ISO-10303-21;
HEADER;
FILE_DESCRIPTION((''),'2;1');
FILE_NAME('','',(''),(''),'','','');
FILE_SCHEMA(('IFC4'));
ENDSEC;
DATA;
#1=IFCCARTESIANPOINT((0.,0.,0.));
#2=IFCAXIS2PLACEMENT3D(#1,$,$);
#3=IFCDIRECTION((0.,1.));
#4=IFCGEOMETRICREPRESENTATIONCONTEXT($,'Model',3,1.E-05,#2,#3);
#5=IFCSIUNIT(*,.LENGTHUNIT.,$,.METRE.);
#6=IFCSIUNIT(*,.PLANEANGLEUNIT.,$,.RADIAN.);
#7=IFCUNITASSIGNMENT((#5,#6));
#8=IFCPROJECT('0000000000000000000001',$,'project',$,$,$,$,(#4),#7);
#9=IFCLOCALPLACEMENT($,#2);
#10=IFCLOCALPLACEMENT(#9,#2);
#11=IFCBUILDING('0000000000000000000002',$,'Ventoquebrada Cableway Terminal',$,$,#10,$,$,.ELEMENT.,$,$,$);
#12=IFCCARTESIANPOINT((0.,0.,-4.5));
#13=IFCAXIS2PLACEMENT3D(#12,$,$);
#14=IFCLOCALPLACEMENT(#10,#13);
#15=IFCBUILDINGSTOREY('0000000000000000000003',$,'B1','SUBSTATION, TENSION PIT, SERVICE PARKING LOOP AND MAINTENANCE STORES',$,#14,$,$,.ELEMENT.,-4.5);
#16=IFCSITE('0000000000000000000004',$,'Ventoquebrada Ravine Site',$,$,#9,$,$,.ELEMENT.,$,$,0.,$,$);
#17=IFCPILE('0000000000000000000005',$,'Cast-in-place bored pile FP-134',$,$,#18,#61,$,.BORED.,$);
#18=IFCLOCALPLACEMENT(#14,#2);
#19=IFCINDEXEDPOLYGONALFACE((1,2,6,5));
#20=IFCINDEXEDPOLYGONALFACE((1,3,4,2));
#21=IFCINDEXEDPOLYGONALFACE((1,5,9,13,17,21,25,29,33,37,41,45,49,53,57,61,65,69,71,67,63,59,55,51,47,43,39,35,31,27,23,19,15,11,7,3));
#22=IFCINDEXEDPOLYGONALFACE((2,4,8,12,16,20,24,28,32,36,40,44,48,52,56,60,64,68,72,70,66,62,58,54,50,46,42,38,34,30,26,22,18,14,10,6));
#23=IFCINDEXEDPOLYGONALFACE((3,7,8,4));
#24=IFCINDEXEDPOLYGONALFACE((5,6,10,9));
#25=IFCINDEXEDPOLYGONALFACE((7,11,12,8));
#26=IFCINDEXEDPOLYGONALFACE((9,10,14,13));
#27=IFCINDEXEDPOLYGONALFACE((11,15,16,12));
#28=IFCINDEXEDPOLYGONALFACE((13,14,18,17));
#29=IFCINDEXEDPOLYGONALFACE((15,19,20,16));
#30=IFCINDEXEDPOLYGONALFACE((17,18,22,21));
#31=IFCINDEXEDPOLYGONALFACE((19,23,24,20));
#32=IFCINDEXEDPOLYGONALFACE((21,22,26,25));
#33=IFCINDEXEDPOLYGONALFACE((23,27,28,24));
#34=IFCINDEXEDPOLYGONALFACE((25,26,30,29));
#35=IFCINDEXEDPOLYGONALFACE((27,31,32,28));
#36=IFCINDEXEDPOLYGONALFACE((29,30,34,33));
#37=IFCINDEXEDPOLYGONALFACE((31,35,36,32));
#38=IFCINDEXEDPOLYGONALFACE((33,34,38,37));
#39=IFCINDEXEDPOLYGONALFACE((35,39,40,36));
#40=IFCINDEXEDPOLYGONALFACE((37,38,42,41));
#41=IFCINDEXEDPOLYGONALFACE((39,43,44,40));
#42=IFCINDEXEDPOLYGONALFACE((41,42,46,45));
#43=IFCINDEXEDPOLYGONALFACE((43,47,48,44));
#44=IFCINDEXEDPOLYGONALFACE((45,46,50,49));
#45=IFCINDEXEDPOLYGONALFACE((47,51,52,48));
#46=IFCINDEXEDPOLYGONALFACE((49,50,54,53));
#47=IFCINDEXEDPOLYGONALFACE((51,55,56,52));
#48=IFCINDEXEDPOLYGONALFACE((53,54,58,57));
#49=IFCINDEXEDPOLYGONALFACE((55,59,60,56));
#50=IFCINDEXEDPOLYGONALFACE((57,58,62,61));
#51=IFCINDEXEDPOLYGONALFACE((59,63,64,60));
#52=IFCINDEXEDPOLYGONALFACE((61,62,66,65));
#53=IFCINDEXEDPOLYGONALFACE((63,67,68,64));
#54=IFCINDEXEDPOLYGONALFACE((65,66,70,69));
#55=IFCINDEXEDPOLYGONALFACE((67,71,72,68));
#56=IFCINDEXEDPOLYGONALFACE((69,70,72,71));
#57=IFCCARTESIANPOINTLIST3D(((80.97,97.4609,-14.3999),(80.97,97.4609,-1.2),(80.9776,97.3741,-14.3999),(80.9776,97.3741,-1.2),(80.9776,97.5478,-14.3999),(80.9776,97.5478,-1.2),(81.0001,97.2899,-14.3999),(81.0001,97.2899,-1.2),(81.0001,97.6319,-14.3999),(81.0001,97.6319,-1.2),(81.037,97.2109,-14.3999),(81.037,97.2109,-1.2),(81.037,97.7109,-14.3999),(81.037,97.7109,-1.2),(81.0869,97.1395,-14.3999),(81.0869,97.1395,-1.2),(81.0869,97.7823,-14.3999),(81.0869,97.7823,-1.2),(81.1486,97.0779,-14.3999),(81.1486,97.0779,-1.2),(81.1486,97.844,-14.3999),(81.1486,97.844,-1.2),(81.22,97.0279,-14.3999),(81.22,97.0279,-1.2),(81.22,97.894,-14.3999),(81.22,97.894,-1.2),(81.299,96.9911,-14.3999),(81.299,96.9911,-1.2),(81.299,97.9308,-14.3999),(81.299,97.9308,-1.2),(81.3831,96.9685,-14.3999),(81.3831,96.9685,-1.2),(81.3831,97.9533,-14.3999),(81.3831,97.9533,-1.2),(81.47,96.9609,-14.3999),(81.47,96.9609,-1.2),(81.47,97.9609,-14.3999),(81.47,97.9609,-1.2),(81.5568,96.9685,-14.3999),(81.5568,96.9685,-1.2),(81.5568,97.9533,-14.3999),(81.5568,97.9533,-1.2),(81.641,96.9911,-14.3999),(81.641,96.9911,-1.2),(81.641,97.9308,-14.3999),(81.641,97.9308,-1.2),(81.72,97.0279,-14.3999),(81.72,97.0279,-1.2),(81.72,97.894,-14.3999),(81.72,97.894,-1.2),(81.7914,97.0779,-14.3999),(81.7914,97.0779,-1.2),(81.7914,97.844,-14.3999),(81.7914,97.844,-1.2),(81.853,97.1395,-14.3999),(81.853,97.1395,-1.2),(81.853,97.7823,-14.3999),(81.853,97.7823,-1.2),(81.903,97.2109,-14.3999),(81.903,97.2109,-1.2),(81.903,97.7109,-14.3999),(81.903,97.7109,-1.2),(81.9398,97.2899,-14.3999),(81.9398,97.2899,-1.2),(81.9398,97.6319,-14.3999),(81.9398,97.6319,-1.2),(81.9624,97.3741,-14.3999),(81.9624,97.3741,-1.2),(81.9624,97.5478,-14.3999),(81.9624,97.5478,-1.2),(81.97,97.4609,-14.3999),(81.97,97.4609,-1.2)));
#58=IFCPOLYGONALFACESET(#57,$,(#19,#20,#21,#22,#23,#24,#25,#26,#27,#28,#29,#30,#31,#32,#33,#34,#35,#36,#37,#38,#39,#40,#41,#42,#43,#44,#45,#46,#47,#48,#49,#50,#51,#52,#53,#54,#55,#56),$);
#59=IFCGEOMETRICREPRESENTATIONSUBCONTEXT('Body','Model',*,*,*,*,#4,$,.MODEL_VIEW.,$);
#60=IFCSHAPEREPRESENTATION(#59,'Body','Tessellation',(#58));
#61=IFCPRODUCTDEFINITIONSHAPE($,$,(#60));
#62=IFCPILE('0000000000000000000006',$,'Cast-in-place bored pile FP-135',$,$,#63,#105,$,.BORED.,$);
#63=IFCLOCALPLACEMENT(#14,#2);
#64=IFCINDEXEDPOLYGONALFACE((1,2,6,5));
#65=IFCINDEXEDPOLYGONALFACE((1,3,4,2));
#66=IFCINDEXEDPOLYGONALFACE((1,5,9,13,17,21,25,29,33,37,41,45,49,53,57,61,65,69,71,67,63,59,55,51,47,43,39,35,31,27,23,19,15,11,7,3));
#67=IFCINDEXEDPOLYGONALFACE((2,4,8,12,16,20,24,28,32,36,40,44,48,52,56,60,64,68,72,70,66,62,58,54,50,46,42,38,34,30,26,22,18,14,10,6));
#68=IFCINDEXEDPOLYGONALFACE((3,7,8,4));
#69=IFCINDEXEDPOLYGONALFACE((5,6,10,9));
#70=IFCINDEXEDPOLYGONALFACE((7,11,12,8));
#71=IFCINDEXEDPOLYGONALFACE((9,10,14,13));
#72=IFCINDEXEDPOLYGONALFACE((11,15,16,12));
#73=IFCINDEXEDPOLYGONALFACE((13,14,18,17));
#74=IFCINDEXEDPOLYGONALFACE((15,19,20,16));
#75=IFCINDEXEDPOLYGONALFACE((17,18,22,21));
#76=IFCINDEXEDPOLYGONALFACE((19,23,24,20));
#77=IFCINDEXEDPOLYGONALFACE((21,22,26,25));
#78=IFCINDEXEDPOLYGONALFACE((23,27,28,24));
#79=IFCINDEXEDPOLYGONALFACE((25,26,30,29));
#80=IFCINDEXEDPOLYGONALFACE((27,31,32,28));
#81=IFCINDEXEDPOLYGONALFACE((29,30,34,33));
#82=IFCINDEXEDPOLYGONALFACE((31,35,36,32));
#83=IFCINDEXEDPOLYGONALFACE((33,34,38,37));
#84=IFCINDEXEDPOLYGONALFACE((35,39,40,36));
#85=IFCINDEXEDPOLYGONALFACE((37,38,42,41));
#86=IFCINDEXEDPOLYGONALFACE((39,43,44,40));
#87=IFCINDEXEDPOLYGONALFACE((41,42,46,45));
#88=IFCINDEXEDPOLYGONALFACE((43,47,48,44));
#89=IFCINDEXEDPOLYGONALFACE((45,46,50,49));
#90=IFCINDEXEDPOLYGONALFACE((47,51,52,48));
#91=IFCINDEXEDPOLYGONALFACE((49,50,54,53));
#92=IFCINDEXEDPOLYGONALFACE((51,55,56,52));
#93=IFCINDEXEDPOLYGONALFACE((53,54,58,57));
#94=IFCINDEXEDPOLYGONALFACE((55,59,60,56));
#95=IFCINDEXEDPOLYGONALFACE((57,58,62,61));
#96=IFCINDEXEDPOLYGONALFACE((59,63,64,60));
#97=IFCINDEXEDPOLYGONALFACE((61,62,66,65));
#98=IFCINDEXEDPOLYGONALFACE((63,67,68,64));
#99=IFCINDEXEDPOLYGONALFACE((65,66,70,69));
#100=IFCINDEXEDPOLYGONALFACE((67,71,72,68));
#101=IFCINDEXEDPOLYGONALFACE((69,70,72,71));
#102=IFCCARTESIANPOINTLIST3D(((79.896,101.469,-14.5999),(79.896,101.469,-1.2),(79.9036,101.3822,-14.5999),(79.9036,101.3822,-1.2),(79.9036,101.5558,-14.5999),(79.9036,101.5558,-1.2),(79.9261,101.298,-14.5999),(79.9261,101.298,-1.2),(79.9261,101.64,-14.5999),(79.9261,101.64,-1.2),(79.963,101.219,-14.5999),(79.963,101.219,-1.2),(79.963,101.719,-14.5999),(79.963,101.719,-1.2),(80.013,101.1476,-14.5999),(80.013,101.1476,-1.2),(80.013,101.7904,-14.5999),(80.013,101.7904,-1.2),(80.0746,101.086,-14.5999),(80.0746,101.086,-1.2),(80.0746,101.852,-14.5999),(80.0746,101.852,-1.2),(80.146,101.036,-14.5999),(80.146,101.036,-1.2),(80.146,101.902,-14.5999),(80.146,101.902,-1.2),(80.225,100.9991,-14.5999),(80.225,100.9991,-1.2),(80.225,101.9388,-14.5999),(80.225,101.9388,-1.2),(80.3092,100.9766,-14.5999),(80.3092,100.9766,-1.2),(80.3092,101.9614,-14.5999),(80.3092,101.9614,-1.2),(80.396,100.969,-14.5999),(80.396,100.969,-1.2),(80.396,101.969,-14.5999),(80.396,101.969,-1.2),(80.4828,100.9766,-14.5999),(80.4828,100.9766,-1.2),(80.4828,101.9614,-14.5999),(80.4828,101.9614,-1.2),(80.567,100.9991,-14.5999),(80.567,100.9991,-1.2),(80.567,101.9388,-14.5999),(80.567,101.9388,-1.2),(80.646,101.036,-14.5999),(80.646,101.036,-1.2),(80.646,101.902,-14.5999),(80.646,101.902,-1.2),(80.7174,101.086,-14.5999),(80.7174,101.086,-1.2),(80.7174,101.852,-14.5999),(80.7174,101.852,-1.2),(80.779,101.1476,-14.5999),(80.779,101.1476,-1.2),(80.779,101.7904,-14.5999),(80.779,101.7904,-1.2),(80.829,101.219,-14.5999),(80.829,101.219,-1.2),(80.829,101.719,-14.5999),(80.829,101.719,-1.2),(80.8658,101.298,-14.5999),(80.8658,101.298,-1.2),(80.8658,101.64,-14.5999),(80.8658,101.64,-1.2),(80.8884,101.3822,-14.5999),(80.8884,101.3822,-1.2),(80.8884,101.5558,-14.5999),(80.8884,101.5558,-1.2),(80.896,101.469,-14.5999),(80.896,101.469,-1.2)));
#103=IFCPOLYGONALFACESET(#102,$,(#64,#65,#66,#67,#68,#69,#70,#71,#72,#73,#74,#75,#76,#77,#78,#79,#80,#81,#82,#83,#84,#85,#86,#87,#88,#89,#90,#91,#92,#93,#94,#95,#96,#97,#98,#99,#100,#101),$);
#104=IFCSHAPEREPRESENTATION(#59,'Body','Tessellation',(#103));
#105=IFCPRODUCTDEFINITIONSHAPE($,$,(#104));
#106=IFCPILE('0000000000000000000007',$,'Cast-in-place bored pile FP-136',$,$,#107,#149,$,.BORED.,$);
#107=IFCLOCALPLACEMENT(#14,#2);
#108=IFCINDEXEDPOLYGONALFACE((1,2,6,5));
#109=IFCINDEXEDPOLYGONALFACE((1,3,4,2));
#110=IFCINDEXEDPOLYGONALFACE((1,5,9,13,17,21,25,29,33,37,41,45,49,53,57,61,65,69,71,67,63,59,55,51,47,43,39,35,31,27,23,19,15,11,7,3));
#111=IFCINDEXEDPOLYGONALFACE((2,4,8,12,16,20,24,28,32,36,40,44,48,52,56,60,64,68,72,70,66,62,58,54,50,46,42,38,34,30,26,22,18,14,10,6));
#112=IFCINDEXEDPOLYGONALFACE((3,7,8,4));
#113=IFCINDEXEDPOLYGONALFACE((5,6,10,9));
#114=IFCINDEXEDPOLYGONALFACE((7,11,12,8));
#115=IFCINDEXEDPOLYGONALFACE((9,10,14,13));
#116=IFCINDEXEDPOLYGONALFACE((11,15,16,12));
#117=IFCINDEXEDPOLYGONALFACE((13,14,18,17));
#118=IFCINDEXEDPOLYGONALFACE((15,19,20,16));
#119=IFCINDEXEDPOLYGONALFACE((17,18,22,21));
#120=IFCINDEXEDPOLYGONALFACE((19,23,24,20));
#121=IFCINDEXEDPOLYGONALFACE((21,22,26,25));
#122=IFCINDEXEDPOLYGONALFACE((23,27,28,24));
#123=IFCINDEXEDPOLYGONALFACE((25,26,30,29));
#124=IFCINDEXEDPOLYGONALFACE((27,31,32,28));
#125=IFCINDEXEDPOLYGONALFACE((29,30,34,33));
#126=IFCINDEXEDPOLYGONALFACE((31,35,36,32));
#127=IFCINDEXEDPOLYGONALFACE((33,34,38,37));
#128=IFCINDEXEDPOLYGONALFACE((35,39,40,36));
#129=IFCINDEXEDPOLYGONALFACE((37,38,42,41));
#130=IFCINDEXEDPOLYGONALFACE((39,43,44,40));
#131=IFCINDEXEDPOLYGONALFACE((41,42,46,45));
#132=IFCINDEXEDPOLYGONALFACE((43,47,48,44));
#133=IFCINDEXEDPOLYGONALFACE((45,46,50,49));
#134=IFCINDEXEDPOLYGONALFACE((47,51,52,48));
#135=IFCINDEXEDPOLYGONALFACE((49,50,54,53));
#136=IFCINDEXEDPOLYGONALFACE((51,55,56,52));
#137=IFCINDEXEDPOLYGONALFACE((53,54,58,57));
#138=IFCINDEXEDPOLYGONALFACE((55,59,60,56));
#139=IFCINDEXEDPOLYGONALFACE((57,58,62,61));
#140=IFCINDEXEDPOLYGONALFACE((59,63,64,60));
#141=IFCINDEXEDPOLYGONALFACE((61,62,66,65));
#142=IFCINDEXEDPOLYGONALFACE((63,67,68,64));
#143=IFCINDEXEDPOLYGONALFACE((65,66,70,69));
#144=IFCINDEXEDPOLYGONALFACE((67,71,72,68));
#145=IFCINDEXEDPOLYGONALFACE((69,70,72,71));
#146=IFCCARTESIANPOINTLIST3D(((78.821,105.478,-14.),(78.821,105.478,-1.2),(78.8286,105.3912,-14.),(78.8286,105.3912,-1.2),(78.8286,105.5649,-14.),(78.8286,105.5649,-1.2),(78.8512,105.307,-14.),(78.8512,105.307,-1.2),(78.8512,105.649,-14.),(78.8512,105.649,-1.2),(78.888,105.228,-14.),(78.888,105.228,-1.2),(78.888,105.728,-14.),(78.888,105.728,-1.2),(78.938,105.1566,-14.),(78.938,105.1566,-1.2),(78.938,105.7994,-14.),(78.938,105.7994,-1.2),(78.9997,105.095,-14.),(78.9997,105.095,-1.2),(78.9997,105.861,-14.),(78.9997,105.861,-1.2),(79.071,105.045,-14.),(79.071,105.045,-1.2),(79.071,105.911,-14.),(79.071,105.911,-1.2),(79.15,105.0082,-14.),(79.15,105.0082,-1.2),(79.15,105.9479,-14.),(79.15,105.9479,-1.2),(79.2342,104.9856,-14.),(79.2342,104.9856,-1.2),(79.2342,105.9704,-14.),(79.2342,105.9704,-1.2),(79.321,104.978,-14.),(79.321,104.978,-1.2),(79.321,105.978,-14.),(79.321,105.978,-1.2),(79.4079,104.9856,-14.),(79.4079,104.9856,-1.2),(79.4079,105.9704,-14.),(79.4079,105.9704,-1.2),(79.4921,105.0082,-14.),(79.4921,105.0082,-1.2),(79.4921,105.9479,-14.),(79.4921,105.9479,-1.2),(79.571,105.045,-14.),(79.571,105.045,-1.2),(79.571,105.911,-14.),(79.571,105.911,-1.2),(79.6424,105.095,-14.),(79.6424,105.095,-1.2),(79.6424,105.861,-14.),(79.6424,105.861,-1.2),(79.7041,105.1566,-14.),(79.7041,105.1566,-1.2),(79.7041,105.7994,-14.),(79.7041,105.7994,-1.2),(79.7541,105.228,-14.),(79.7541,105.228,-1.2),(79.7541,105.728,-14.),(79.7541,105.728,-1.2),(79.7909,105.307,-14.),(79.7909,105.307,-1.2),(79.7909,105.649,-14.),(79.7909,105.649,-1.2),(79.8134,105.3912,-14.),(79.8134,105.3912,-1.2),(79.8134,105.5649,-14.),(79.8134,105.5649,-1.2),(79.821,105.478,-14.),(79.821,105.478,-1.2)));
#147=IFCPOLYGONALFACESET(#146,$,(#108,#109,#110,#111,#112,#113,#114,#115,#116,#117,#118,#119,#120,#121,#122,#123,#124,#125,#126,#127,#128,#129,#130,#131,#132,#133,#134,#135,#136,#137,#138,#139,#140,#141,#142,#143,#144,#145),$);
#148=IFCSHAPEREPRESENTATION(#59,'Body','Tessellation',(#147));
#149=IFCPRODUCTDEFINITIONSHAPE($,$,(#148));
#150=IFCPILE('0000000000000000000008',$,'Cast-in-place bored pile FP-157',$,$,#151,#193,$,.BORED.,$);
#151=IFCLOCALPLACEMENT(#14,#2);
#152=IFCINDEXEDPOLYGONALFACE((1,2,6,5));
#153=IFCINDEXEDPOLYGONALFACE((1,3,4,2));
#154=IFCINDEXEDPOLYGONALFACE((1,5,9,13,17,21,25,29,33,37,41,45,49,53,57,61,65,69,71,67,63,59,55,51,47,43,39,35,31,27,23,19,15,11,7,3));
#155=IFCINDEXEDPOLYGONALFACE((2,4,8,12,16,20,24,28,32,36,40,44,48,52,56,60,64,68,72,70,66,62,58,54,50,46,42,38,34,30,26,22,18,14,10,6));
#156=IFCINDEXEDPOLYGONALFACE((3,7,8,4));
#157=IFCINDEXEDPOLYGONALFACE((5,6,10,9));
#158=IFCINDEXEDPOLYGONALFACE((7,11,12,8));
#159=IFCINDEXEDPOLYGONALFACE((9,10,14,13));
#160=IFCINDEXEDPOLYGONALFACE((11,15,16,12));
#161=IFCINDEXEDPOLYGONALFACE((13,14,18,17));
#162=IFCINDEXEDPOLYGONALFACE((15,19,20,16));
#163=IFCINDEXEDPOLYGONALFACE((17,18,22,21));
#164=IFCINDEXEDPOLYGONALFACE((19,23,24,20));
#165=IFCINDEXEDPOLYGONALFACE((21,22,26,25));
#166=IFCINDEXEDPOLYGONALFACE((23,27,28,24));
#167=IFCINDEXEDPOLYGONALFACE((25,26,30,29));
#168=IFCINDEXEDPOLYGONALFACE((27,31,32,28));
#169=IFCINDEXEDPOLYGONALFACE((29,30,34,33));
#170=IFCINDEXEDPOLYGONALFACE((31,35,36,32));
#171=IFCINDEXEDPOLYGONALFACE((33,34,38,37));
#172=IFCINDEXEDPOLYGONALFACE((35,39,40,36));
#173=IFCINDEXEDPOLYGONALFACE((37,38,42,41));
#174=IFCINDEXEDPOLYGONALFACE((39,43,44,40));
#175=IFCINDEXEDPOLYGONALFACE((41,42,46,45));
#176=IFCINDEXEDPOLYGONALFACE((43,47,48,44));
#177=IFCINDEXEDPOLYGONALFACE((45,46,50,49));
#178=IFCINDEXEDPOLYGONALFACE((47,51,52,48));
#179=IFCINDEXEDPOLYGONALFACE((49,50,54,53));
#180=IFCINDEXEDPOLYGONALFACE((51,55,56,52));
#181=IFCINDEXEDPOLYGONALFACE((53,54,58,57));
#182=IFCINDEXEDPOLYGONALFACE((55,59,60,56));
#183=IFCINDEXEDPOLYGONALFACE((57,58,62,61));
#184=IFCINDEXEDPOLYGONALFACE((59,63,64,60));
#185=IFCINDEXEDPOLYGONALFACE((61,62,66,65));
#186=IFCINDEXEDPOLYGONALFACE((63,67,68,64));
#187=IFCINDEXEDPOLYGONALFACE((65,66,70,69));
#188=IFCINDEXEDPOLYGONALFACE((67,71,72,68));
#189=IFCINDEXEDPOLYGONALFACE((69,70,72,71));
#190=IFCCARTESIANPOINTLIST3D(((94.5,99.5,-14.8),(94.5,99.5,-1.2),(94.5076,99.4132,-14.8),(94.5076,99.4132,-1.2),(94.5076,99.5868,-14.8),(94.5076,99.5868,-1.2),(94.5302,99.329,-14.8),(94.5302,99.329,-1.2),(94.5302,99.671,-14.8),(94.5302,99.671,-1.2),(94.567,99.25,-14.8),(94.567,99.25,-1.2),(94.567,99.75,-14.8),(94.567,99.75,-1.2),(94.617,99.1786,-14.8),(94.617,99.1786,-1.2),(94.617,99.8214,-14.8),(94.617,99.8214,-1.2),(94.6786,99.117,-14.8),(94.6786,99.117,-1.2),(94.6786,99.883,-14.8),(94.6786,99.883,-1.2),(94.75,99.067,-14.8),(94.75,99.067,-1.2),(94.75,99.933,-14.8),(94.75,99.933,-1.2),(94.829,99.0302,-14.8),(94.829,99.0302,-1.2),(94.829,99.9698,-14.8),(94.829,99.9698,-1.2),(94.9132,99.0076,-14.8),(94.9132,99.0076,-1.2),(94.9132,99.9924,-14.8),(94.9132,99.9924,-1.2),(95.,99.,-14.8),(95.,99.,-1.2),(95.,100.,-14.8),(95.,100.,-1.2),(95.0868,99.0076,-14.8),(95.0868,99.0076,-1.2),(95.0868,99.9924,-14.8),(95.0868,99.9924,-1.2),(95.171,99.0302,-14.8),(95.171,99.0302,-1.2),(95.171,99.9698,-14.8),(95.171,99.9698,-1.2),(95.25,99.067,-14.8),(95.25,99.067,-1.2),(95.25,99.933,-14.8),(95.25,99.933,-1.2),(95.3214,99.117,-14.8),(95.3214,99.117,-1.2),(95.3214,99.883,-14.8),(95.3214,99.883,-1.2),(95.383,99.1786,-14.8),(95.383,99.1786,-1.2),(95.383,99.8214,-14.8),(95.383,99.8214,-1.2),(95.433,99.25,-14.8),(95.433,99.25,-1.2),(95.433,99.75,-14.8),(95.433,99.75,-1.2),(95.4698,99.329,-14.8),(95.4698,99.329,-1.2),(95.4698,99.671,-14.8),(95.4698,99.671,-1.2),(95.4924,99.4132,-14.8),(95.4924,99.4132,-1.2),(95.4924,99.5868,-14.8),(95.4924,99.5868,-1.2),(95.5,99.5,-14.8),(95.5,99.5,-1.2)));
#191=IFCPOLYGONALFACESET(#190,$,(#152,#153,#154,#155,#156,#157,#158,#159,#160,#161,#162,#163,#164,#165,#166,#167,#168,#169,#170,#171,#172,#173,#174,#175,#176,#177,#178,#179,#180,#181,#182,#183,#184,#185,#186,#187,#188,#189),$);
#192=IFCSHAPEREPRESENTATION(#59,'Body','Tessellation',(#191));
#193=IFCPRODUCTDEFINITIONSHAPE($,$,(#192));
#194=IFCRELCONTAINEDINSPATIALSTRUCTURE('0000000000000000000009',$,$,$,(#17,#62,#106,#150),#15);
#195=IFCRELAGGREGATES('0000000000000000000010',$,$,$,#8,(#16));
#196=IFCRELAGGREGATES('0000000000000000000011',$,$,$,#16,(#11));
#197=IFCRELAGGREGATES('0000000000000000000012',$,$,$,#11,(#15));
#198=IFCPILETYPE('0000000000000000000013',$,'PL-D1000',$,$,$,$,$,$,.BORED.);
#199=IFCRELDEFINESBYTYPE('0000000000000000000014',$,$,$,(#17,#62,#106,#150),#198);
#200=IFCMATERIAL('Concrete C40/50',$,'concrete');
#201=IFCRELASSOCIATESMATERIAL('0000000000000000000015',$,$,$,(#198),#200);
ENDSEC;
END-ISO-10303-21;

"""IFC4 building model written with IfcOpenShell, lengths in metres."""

from ifc_helpers import new_model, si_unit, direction, frame, origin, origin_2d, place, context, subcontext, project, spatial, circle, extrude, material, material_profile, profile_set, type_object, element, save


model = new_model("IFC4")

# Units and contexts
model_context = context("Model", 3, precision=1e-05, world=origin(), true_north=direction((0.0, 1.0)))
body_context = subcontext(model_context, "Body", "Model", "MODEL_VIEW")
ifc_project = project(units=[si_unit("LENGTHUNIT", "METRE"), si_unit("PLANEANGLEUNIT", "RADIAN")], contexts=[model_context])

# Site, building, storey
site_placement = place(None, origin())
site = spatial("IfcSite", under=ifc_project, at=site_placement, Name="Ventoquebrada Ravine Site", CompositionType="ELEMENT", RefElevation=0.0)
building_placement = place(site_placement, origin())
building = spatial("IfcBuilding", under=site, at=building_placement, Name="Ventoquebrada Cableway Terminal", CompositionType="ELEMENT")
storey_placement = place(building_placement, frame((0.0, 0.0, -4.5)))
storey = spatial("IfcBuildingStorey", under=building, at=storey_placement, Name="B1", Description="SUBSTATION, TENSION PIT, SERVICE PARKING LOOP AND MAINTENANCE STORES", CompositionType="ELEMENT", Elevation=-4.5)

# Shared definitions
ifc_material = material(Name="Concrete C40/50", Category="concrete")

# Piles
ifc_material_profile_1 = material_profile(ifc_material, circle(Radius=0.5, at=origin_2d()), Name="PILE-D1000")
ifc_profile_set_1 = profile_set([ifc_material_profile_1], Name="Concrete C40/50")
pile_type = type_object("IfcPileType", Name="PL-D1000", PredefinedType="BORED", material=ifc_profile_set_1)
pile_1_placement = place(storey_placement, frame((81.47, 97.4609, -1.2), z_axis=(0.0, 0.0, -1.0), x_axis=(1.0, 0.0, 0.0)))
element("IfcPile", 1, at=pile_1_placement, inside=storey, type_object=pile_type, Name="Cast-in-place bored pile FP-134", PredefinedType="BORED", context=body_context, shape_type="SweptSolid", body=[
    extrude(circle(Radius=0.5, at=origin_2d()), origin(), (0.0, 0.0, 1.0), 13.2),
])
pile_2_placement = place(storey_placement, frame((80.396, 101.469, -1.2), z_axis=(0.0, 0.0, -1.0), x_axis=(1.0, 0.0, 0.0)))
element("IfcPile", 2, at=pile_2_placement, inside=storey, type_object=pile_type, Name="Cast-in-place bored pile FP-135", PredefinedType="BORED", context=body_context, shape_type="SweptSolid", body=[
    extrude(circle(Radius=0.5, at=origin_2d()), origin(), (0.0, 0.0, 1.0), 13.3999),
])
pile_3_placement = place(storey_placement, frame((79.321, 105.478, -1.2), z_axis=(0.0, 0.0, -1.0), x_axis=(1.0, 0.0, 0.0)))
element("IfcPile", 3, at=pile_3_placement, inside=storey, type_object=pile_type, Name="Cast-in-place bored pile FP-136", PredefinedType="BORED", context=body_context, shape_type="SweptSolid", body=[
    extrude(circle(Radius=0.5, at=origin_2d()), origin(), (0.0, 0.0, 1.0), 12.8),
])
pile_4_placement = place(storey_placement, frame((95.0, 99.5, -1.2), z_axis=(0.0, 0.0, -1.0), x_axis=(1.0, 0.0, 0.0)))
element("IfcPile", 4, at=pile_4_placement, inside=storey, type_object=pile_type, Name="Cast-in-place bored pile FP-157", PredefinedType="BORED", context=body_context, shape_type="SweptSolid", body=[
    extrude(circle(Radius=0.5, at=origin_2d()), origin(), (0.0, 0.0, 1.0), 13.6001),
])

save(model, "model.ifc")
